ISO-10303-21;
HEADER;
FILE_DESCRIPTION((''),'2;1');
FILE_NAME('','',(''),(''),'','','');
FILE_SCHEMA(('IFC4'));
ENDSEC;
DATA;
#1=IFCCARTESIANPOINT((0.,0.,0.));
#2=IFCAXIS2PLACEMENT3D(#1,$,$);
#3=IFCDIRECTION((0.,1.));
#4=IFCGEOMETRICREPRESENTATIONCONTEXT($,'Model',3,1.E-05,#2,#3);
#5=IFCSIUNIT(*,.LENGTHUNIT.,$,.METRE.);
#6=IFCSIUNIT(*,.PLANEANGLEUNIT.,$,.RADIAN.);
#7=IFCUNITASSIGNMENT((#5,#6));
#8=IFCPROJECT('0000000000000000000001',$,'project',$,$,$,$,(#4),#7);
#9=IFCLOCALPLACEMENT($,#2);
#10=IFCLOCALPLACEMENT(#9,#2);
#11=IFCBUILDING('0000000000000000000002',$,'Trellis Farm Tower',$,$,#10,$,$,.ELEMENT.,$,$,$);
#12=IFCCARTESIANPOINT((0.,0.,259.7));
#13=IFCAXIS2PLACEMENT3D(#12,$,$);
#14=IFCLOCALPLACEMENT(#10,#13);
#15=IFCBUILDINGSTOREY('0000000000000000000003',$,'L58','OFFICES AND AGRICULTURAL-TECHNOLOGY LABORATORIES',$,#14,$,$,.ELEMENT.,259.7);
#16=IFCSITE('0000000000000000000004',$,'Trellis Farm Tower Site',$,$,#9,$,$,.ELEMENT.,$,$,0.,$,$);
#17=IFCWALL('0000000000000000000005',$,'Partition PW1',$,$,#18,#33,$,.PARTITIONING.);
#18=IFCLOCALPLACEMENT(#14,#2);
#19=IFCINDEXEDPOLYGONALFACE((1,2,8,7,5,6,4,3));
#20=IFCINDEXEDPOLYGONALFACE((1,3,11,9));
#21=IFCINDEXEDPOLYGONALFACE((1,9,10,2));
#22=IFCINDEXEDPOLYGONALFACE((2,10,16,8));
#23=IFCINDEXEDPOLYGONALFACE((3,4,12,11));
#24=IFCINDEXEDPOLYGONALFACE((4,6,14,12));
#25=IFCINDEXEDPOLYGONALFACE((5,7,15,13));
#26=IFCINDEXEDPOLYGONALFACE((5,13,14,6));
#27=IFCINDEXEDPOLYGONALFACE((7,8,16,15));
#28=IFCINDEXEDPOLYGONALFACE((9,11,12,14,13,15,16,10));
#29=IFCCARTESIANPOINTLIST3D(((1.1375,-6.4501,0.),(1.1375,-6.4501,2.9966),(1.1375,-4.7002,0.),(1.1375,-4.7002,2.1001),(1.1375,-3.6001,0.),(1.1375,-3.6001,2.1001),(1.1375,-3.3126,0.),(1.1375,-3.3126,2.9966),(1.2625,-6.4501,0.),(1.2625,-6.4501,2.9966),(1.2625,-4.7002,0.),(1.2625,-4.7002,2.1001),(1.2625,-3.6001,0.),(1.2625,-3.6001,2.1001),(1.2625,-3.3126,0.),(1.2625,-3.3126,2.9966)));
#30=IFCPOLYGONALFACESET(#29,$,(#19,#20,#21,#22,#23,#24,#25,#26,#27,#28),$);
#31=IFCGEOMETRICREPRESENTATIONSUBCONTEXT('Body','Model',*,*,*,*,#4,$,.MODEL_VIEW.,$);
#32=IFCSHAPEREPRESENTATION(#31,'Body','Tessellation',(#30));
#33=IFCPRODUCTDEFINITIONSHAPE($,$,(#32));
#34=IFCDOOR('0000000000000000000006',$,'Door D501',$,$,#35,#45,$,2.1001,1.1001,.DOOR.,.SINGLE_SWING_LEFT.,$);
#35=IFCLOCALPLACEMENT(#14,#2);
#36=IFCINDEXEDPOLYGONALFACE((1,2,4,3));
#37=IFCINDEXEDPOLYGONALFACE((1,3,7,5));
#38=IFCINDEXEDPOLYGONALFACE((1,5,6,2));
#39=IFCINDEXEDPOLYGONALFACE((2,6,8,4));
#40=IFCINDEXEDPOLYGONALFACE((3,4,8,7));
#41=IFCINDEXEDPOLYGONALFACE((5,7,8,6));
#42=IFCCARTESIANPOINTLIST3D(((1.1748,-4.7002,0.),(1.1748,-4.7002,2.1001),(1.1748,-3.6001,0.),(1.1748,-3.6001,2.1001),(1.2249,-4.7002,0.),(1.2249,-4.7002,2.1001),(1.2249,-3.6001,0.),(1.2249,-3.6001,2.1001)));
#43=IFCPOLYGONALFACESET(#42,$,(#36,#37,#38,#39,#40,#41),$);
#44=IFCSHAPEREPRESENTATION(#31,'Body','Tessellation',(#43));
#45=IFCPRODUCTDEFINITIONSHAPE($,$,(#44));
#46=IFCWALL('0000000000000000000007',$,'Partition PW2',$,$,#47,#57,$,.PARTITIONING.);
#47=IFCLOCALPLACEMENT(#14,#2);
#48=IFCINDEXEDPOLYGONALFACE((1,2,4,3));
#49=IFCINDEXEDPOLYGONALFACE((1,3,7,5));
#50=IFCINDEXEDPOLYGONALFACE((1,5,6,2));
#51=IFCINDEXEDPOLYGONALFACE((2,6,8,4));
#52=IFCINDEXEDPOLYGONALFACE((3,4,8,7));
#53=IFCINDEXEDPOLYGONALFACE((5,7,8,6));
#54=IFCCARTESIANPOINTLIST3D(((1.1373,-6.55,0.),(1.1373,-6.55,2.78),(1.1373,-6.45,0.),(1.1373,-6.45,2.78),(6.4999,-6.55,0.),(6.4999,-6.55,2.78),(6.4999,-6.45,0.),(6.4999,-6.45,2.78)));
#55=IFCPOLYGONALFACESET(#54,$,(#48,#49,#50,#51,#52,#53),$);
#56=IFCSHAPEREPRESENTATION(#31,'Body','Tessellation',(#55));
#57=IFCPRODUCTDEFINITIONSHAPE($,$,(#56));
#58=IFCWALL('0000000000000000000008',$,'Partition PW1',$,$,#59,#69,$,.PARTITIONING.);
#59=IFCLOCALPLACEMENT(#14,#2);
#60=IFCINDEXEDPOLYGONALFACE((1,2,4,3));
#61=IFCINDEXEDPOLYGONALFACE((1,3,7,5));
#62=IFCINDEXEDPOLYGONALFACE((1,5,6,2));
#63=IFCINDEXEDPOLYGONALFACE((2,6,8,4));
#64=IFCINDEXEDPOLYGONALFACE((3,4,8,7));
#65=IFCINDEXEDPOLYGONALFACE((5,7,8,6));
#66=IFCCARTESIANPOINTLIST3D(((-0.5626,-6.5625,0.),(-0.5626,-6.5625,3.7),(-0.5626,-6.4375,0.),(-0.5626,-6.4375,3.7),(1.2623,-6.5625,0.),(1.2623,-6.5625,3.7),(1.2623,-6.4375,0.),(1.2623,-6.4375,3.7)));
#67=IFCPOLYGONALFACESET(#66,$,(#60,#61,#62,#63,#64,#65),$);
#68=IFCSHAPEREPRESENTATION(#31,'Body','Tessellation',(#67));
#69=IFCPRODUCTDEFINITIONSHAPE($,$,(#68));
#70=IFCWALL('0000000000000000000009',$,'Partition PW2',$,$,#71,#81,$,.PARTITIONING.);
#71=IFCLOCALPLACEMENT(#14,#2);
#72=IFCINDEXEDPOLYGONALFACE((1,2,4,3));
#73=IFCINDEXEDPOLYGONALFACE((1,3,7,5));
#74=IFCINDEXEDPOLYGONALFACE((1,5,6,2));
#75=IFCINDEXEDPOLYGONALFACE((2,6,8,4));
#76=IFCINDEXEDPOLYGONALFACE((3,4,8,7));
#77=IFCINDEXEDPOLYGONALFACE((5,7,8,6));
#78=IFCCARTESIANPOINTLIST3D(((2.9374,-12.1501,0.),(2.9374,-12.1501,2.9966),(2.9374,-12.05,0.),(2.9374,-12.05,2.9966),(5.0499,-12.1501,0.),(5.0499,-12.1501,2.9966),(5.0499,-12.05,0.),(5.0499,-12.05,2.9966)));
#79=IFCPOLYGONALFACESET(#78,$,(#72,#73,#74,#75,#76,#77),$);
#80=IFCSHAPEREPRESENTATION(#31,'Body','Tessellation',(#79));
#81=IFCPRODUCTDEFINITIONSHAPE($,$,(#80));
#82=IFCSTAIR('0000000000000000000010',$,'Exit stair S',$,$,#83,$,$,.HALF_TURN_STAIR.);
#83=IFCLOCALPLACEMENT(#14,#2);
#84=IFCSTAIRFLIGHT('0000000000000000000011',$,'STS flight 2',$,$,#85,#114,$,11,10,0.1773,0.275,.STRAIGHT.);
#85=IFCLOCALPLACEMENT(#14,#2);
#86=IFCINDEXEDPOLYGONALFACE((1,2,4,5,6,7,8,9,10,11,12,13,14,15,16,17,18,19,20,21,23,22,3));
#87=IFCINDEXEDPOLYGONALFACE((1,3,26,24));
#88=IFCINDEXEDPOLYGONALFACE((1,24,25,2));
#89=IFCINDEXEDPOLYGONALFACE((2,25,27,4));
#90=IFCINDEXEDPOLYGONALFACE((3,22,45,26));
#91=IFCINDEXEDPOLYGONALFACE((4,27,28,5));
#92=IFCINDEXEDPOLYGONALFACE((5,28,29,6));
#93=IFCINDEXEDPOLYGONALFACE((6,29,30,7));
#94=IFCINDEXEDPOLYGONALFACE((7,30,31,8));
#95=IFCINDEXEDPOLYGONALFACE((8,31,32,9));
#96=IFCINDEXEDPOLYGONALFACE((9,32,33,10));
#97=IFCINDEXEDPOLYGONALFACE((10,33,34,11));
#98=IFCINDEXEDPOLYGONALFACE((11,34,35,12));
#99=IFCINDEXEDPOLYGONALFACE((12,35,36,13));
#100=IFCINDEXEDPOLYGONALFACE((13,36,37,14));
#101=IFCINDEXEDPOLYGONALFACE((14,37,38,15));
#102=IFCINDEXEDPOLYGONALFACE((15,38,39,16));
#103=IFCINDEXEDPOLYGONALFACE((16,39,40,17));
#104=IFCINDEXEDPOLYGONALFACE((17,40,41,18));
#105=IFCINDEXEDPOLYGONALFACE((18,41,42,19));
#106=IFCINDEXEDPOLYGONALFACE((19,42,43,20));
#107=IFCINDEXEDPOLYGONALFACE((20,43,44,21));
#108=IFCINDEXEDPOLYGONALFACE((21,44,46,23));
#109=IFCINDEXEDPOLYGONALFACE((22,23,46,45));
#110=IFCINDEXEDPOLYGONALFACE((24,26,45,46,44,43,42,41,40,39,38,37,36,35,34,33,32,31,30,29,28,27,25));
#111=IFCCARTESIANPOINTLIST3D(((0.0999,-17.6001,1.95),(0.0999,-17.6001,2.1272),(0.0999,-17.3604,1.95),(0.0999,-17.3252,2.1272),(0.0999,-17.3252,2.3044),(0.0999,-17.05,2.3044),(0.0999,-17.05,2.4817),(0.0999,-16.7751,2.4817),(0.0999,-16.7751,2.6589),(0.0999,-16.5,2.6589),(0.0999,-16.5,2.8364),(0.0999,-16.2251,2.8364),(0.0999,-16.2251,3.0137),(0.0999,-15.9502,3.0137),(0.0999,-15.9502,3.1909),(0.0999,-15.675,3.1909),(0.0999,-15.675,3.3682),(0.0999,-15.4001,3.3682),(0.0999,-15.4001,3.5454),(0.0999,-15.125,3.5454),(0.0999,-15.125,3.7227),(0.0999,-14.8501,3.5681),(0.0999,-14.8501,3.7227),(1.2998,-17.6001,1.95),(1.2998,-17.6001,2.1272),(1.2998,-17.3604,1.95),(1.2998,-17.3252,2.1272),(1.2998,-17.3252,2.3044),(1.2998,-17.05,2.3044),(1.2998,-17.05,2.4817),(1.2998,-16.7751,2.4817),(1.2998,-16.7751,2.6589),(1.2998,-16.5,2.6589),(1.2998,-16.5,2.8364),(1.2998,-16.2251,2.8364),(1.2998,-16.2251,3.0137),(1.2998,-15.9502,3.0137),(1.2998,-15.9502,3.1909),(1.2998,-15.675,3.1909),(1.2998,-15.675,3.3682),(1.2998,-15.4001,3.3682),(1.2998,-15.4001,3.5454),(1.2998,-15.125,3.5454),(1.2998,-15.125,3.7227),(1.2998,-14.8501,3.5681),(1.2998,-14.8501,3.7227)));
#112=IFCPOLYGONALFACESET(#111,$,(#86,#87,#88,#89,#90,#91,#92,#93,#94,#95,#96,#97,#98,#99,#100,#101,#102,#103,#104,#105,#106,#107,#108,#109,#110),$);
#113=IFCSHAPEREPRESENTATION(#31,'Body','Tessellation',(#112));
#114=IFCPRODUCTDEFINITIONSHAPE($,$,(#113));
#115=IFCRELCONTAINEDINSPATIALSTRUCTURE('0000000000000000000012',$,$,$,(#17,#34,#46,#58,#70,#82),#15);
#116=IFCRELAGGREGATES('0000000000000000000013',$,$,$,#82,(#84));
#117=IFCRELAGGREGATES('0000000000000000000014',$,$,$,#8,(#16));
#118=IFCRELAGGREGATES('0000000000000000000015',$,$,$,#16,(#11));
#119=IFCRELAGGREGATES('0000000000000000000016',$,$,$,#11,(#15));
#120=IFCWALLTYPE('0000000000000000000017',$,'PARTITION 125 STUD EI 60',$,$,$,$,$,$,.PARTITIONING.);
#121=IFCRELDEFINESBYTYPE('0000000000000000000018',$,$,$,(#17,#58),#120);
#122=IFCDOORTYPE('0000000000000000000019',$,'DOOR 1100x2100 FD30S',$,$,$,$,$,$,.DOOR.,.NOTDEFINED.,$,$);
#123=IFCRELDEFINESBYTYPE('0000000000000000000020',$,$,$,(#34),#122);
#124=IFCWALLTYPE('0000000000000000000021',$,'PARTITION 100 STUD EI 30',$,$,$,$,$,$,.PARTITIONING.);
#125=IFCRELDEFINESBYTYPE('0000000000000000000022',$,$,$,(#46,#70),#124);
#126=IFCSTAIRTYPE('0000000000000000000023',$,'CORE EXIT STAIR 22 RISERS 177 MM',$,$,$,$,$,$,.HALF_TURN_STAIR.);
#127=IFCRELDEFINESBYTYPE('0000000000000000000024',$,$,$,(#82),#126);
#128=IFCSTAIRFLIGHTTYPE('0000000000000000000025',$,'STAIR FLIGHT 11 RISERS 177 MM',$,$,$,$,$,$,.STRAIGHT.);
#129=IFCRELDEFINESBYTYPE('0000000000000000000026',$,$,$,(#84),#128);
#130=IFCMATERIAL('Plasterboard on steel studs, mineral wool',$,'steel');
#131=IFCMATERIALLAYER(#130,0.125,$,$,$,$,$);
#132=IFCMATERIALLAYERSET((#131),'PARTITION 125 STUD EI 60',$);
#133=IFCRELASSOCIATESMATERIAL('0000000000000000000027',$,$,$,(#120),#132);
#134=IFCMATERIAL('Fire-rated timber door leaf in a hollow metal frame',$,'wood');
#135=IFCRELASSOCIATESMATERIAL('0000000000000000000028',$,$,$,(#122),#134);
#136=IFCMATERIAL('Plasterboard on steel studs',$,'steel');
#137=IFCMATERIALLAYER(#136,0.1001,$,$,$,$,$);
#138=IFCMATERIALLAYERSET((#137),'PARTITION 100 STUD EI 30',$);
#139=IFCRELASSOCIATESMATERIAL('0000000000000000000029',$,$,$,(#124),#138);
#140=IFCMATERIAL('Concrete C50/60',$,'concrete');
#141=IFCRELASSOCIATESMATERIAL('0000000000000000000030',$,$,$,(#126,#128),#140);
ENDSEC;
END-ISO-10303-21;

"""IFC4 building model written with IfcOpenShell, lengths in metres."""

from ifc_helpers import new_model, si_unit, direction, frame, frame_2d, origin, place, context, subcontext, project, spatial, polyline, rectangle, outline, extrude, source, transform, mapped, material, layer, layer_set, type_object, element, fill, aggregate, save


model = new_model("IFC4")

# Units and contexts
model_context = context("Model", 3, precision=1e-05, world=origin(), true_north=direction((0.0, 1.0)))
body_context = subcontext(model_context, "Body", "Model", "MODEL_VIEW")
ifc_project = project(units=[si_unit("LENGTHUNIT", "METRE"), si_unit("PLANEANGLEUNIT", "RADIAN")], contexts=[model_context])

# Site, building, storey
site_placement = place(None, origin())
site = spatial("IfcSite", under=ifc_project, at=site_placement, Name="Trellis Farm Tower Site", CompositionType="ELEMENT", RefElevation=0.0)
building_placement = place(site_placement, origin())
building = spatial("IfcBuilding", under=site, at=building_placement, Name="Trellis Farm Tower", CompositionType="ELEMENT")
storey_placement = place(building_placement, frame((0.0, 0.0, 259.7)))
storey = spatial("IfcBuildingStorey", under=building, at=storey_placement, Name="L58", Description="OFFICES AND AGRICULTURAL-TECHNOLOGY LABORATORIES", CompositionType="ELEMENT", Elevation=259.7)

# Shared definitions
placement_1 = place(storey_placement, origin())

# Wall, opening, door
ifc_material_1 = material(Name="Plasterboard on steel studs, mineral wool", Category="steel")
ifc_layer_1 = layer(ifc_material_1, 0.125)
ifc_layer_set_1 = layer_set([ifc_layer_1], Name="PARTITION 125 STUD EI 60")
wall_type_1 = type_object("IfcWallType", Name="PARTITION 125 STUD EI 60", PredefinedType="PARTITIONING", material=ifc_layer_set_1)
shared_shape_1 = source(origin(), body_context, "Body", "SweptSolid", [
    extrude(rectangle(XDim=3.1375, YDim=0.125, at=frame_2d((1.5688, 0.0))), origin(), (0.0, 0.0, 1.0), 2.9966),
])
wall_1_placement = place(storey_placement, frame((1.2, -3.3125, 0.0), z_axis=(0.0, 0.0, 1.0), x_axis=(0.0, -1.0, 0.0)))
wall_1 = element("IfcWall", 1, at=wall_1_placement, inside=storey, type_object=wall_type_1, Name="Partition PW1", PredefinedType="PARTITIONING", context=body_context, shape_type="MappedRepresentation", body=[
    mapped(shared_shape_1, transform((0.0, 0.0, 0.0))),
])
shared_shape_2 = source(origin(), body_context, "Body", "SweptSolid", [
    extrude(rectangle(XDim=1.1001, YDim=2.1001, at=frame_2d((0.55, 1.05))), frame((0.0, 0.0725, 0.0), z_axis=(0.0, -1.0, 0.0), x_axis=(1.0, 0.0, 0.0)), (0.0, 0.0, 1.0), 0.145),
])
opening_1_placement = place(wall_1_placement, frame((0.2876, 0.0, 0.0)))
opening_1 = element("IfcOpeningElement", 2, at=opening_1_placement, cuts=wall_1, PredefinedType="OPENING", context=body_context, shape_type="MappedRepresentation", body=[
    mapped(shared_shape_2, transform((0.0, 0.0, 0.0))),
])
ifc_material_2 = material(Name="Fire-rated timber door leaf in a hollow metal frame", Category="wood")
door_type_1 = type_object("IfcDoorType", Name="DOOR 1100x2100 FD30S", OperationType="NOTDEFINED", PredefinedType="DOOR", material=ifc_material_2)
shared_shape_3 = source(origin(), body_context, "Body", "SweptSolid", [
    extrude(rectangle(XDim=1.1001, YDim=2.1001, at=frame_2d((0.55, 1.05))), frame((0.0, 0.0249, 0.0), z_axis=(0.0, -1.0, 0.0), x_axis=(1.0, 0.0, 0.0)), (0.0, 0.0, 1.0), 0.05),
])
door_1_placement = place(opening_1_placement, origin())
door_1 = element("IfcDoor", 3, at=door_1_placement, inside=storey, type_object=door_type_1, Name="Door D501", OperationType="SINGLE_SWING_LEFT", OverallHeight=2.1001, OverallWidth=1.1001, PredefinedType="DOOR", context=body_context, shape_type="MappedRepresentation", body=[
    mapped(shared_shape_3, transform((0.0, 0.0, 0.0))),
])
fill(opening_1, door_1)

# Walls
ifc_material_3 = material(Name="Plasterboard on steel studs", Category="steel")
ifc_layer_2 = layer(ifc_material_3, 0.1001)
ifc_layer_set_2 = layer_set([ifc_layer_2], Name="PARTITION 100 STUD EI 30")
wall_type_2 = type_object("IfcWallType", Name="PARTITION 100 STUD EI 30", PredefinedType="PARTITIONING", material=ifc_layer_set_2)
shared_shape_4 = source(origin(), body_context, "Body", "SweptSolid", [
    extrude(rectangle(XDim=5.3625, YDim=0.1001, at=frame_2d((2.6812, 0.0))), origin(), (0.0, 0.0, 1.0), 2.78),
])
wall_2_placement = place(storey_placement, frame((1.1375, -6.5, 0.0), z_axis=(0.0, 0.0, 1.0), x_axis=(1.0, 0.0, 0.0)))
element("IfcWall", 4, at=wall_2_placement, inside=storey, type_object=wall_type_2, Name="Partition PW2", PredefinedType="PARTITIONING", context=body_context, shape_type="MappedRepresentation", body=[
    mapped(shared_shape_4, transform((0.0, 0.0, 0.0))),
])
shared_shape_5 = source(origin(), body_context, "Body", "SweptSolid", [
    extrude(rectangle(XDim=1.825, YDim=0.125, at=frame_2d((0.9126, 0.0))), origin(), (0.0, 0.0, 1.0), 3.7),
])
wall_3_placement = place(storey_placement, frame((1.2625, -6.5, 0.0), z_axis=(0.0, 0.0, 1.0), x_axis=(-1.0, 0.0, 0.0)))
element("IfcWall", 5, at=wall_3_placement, inside=storey, type_object=wall_type_1, Name="Partition PW1", PredefinedType="PARTITIONING", context=body_context, shape_type="MappedRepresentation", body=[
    mapped(shared_shape_5, transform((0.0, 0.0, 0.0))),
])
shared_shape_6 = source(origin(), body_context, "Body", "SweptSolid", [
    extrude(rectangle(XDim=2.1125, YDim=0.1001, at=frame_2d((1.0562, 0.0))), origin(), (0.0, 0.0, 1.0), 2.9966),
])
wall_4_placement = place(storey_placement, frame((2.9375, -12.1001, 0.0), z_axis=(0.0, 0.0, 1.0), x_axis=(1.0, 0.0, 0.0)))
element("IfcWall", 6, at=wall_4_placement, inside=storey, type_object=wall_type_2, Name="Partition PW2", PredefinedType="PARTITIONING", context=body_context, shape_type="MappedRepresentation", body=[
    mapped(shared_shape_6, transform((0.0, 0.0, 0.0))),
])

# Stair, stair flight
ifc_material_4 = material(Name="Concrete C50/60", Category="concrete")
stair_type = type_object("IfcStairType", Name="CORE EXIT STAIR 22 RISERS 177 MM", PredefinedType="HALF_TURN_STAIR", material=ifc_material_4)
stair = element("IfcStair", 7, at=placement_1, inside=storey, type_object=stair_type, Name="Exit stair S", PredefinedType="HALF_TURN_STAIR")
stair_flight_type = type_object("IfcStairFlightType", Name="STAIR FLIGHT 11 RISERS 177 MM", PredefinedType="STRAIGHT", material=ifc_material_4)
shared_shape_7 = source(origin(), body_context, "Body", "SweptSolid", [
    extrude(outline(polyline([(0.0, 0.0), (0.0, 0.1772), (0.2749, 0.1772), (0.2749, 0.3545), (0.55, 0.3545), (0.55, 0.5317), (0.825, 0.5317), (0.825, 0.709), (1.1001, 0.709), (1.1001, 0.8865), (1.375, 0.8865), (1.375, 1.0637), (1.6499, 1.0637), (1.6499, 1.241), (1.925, 1.241), (1.925, 1.4182), (2.2, 1.4182), (2.2, 1.5955), (2.4751, 1.5955), (2.4751, 1.7727), (2.75, 1.7727), (2.75, 1.95), (2.75, 1.6182), (0.2397, 0.0), (0.0, 0.0)])), frame((0.0, 0.6001, 0.0), z_axis=(0.0, -1.0, 0.0), x_axis=(1.0, 0.0, 0.0)), (0.0, 0.0, 1.0), 1.2),
])
stair_flight_placement = place(storey_placement, frame((0.7, -17.6001, 1.95), z_axis=(0.0, 0.0, 1.0), x_axis=(0.0, 1.0, 0.0)))
stair_flight = element("IfcStairFlight", 8, at=stair_flight_placement, type_object=stair_flight_type, Name="STS flight 2", NumberOfRisers=11, NumberOfTreads=10, PredefinedType="STRAIGHT", RiserHeight=0.1773, TreadLength=0.275, context=body_context, shape_type="MappedRepresentation", body=[
    mapped(shared_shape_7, transform((0.0, 0.0, 0.0))),
])
aggregate(stair, [stair_flight])

save(model, "model.ifc")
